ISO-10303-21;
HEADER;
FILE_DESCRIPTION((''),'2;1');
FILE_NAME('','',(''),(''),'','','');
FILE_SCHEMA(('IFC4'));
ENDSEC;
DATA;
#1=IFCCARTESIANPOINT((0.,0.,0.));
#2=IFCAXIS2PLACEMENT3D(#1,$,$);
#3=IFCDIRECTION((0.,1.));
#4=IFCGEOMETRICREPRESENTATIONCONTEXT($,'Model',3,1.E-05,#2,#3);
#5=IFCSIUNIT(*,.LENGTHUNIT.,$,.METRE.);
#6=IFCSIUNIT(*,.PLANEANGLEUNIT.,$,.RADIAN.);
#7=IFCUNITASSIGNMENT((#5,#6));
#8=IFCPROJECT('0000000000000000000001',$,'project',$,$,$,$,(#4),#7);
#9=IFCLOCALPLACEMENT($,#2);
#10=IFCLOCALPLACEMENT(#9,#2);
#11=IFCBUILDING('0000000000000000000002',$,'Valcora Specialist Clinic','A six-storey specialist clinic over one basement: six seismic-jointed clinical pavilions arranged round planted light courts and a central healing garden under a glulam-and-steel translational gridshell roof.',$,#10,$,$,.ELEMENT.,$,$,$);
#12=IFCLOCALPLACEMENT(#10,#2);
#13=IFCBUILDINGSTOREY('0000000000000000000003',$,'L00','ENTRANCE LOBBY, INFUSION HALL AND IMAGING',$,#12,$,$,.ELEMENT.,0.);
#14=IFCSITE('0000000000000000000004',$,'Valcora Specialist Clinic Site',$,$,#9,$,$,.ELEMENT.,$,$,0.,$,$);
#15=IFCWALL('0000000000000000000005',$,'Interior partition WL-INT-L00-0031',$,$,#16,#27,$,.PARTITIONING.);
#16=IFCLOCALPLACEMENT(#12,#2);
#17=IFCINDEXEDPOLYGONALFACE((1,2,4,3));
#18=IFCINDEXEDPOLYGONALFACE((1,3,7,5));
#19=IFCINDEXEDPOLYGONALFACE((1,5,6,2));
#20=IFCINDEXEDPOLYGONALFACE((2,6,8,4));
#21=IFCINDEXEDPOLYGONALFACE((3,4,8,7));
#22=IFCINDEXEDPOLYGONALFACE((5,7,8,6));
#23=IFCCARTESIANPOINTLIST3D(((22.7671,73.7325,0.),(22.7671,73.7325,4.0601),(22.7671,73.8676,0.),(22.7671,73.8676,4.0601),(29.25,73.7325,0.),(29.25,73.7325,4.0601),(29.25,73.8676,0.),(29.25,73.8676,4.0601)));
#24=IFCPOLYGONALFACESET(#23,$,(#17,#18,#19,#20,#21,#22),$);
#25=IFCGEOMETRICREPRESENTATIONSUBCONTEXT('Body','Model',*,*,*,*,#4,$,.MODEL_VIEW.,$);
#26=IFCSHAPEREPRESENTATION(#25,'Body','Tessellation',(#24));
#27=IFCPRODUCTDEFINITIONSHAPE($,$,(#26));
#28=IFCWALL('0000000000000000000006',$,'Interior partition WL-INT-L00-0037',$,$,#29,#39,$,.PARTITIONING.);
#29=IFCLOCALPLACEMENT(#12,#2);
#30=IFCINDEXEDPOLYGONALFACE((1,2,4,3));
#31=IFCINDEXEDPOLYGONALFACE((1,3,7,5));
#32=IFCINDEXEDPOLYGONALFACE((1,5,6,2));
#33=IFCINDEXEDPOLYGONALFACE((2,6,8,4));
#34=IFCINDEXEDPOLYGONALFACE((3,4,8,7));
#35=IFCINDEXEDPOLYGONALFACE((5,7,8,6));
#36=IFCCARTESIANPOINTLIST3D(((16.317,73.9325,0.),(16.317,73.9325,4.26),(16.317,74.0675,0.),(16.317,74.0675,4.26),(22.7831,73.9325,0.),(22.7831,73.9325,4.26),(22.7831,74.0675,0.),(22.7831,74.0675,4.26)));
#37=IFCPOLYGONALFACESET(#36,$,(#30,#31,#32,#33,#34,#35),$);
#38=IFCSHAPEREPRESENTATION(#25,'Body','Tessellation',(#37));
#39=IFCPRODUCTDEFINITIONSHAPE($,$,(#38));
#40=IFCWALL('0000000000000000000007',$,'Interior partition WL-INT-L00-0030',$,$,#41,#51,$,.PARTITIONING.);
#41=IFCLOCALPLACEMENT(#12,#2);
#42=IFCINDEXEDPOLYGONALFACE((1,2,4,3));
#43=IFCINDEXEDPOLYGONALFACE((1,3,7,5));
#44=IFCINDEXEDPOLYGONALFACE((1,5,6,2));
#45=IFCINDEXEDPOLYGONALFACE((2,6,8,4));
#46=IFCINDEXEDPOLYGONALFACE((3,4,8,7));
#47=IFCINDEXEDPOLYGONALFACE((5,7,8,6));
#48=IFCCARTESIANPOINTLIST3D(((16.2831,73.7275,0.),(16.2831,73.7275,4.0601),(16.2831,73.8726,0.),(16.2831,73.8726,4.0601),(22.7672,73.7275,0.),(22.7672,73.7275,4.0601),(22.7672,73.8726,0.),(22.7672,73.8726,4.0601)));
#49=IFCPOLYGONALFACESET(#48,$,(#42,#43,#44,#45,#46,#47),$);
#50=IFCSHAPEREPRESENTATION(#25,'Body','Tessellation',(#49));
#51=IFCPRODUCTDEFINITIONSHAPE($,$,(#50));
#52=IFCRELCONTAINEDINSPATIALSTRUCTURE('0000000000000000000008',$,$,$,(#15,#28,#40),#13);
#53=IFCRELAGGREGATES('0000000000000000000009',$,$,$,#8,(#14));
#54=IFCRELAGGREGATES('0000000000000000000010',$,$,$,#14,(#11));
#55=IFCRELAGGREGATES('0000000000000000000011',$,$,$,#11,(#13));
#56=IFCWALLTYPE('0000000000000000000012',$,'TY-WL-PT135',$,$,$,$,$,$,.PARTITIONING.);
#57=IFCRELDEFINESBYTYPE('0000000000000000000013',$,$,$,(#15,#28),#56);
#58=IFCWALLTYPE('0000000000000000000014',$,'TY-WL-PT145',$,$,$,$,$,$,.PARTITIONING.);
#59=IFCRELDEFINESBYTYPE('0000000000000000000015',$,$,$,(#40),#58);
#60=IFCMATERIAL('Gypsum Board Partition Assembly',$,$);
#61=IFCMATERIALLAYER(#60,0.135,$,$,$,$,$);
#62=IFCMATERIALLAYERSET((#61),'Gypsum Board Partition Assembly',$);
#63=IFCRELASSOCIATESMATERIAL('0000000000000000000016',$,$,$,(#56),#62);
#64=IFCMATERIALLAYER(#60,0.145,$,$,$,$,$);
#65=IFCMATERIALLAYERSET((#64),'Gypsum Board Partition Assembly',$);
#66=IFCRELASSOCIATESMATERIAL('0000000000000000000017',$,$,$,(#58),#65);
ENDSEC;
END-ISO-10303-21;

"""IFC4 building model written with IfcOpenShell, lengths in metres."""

from ifc_helpers import new_model, si_unit, direction, frame, frame_2d, origin, place, context, subcontext, project, spatial, rectangle, extrude, material, layer, layer_set, type_object, element, save


model = new_model("IFC4")

# Units and contexts
model_context = context("Model", 3, precision=1e-05, world=origin(), true_north=direction((0.0, 1.0)))
body_context = subcontext(model_context, "Body", "Model", "MODEL_VIEW")
ifc_project = project(units=[si_unit("LENGTHUNIT", "METRE"), si_unit("PLANEANGLEUNIT", "RADIAN")], contexts=[model_context])

# Site, building, storey
site_placement = place(None, origin())
site = spatial("IfcSite", under=ifc_project, at=site_placement, Name="Valcora Specialist Clinic Site", CompositionType="ELEMENT", RefElevation=0.0)
building_placement = place(site_placement, origin())
building = spatial("IfcBuilding", under=site, at=building_placement, Name="Valcora Specialist Clinic", Description="A six-storey specialist clinic over one basement: six seismic-jointed clinical pavilions arranged round planted light courts and a central healing garden under a glulam-and-steel translational gridshell roof.", CompositionType="ELEMENT")
storey_placement = place(building_placement, origin())
storey = spatial("IfcBuildingStorey", under=building, at=storey_placement, Name="L00", Description="ENTRANCE LOBBY, INFUSION HALL AND IMAGING", CompositionType="ELEMENT", Elevation=0.0)

# Walls
ifc_material_1 = material(Name="Gypsum Board Partition Assembly")
ifc_layer_1 = layer(ifc_material_1, 0.135)
ifc_layer_set_1 = layer_set([ifc_layer_1], Name="Gypsum Board Partition Assembly")
wall_type_1 = type_object("IfcWallType", Name="TY-WL-PT135", PredefinedType="PARTITIONING", material=ifc_layer_set_1)
wall_1_placement = place(storey_placement, frame((22.7671, 73.8, 0.0), z_axis=(0.0, 0.0, 1.0), x_axis=(1.0, 0.0, 0.0)))
element("IfcWall", 1, at=wall_1_placement, inside=storey, type_object=wall_type_1, Name="Interior partition WL-INT-L00-0031", PredefinedType="PARTITIONING", context=body_context, shape_type="SweptSolid", body=[
    extrude(rectangle(XDim=6.4829, YDim=0.135, at=frame_2d((3.2415, 0.0))), origin(), (0.0, 0.0, 1.0), 4.0601),
])
wall_2_placement = place(storey_placement, frame((22.783, 74.0, 0.0), z_axis=(0.0, 0.0, 1.0), x_axis=(-1.0, 0.0, 0.0)))
element("IfcWall", 2, at=wall_2_placement, inside=storey, type_object=wall_type_1, Name="Interior partition WL-INT-L00-0037", PredefinedType="PARTITIONING", context=body_context, shape_type="SweptSolid", body=[
    extrude(rectangle(XDim=6.4661, YDim=0.135, at=frame_2d((3.2329, 0.0))), origin(), (0.0, 0.0, 1.0), 4.26),
])
ifc_layer_2 = layer(ifc_material_1, 0.145)
ifc_layer_set_2 = layer_set([ifc_layer_2], Name="Gypsum Board Partition Assembly")
wall_type_2 = type_object("IfcWallType", Name="TY-WL-PT145", PredefinedType="PARTITIONING", material=ifc_layer_set_2)
wall_3_placement = place(storey_placement, frame((16.283, 73.8, 0.0), z_axis=(0.0, 0.0, 1.0), x_axis=(1.0, 0.0, 0.0)))
element("IfcWall", 3, at=wall_3_placement, inside=storey, type_object=wall_type_2, Name="Interior partition WL-INT-L00-0030", PredefinedType="PARTITIONING", context=body_context, shape_type="SweptSolid", body=[
    extrude(rectangle(XDim=6.4841, YDim=0.145, at=frame_2d((3.2422, 0.0))), origin(), (0.0, 0.0, 1.0), 4.0601),
])

save(model, "model.ifc")
